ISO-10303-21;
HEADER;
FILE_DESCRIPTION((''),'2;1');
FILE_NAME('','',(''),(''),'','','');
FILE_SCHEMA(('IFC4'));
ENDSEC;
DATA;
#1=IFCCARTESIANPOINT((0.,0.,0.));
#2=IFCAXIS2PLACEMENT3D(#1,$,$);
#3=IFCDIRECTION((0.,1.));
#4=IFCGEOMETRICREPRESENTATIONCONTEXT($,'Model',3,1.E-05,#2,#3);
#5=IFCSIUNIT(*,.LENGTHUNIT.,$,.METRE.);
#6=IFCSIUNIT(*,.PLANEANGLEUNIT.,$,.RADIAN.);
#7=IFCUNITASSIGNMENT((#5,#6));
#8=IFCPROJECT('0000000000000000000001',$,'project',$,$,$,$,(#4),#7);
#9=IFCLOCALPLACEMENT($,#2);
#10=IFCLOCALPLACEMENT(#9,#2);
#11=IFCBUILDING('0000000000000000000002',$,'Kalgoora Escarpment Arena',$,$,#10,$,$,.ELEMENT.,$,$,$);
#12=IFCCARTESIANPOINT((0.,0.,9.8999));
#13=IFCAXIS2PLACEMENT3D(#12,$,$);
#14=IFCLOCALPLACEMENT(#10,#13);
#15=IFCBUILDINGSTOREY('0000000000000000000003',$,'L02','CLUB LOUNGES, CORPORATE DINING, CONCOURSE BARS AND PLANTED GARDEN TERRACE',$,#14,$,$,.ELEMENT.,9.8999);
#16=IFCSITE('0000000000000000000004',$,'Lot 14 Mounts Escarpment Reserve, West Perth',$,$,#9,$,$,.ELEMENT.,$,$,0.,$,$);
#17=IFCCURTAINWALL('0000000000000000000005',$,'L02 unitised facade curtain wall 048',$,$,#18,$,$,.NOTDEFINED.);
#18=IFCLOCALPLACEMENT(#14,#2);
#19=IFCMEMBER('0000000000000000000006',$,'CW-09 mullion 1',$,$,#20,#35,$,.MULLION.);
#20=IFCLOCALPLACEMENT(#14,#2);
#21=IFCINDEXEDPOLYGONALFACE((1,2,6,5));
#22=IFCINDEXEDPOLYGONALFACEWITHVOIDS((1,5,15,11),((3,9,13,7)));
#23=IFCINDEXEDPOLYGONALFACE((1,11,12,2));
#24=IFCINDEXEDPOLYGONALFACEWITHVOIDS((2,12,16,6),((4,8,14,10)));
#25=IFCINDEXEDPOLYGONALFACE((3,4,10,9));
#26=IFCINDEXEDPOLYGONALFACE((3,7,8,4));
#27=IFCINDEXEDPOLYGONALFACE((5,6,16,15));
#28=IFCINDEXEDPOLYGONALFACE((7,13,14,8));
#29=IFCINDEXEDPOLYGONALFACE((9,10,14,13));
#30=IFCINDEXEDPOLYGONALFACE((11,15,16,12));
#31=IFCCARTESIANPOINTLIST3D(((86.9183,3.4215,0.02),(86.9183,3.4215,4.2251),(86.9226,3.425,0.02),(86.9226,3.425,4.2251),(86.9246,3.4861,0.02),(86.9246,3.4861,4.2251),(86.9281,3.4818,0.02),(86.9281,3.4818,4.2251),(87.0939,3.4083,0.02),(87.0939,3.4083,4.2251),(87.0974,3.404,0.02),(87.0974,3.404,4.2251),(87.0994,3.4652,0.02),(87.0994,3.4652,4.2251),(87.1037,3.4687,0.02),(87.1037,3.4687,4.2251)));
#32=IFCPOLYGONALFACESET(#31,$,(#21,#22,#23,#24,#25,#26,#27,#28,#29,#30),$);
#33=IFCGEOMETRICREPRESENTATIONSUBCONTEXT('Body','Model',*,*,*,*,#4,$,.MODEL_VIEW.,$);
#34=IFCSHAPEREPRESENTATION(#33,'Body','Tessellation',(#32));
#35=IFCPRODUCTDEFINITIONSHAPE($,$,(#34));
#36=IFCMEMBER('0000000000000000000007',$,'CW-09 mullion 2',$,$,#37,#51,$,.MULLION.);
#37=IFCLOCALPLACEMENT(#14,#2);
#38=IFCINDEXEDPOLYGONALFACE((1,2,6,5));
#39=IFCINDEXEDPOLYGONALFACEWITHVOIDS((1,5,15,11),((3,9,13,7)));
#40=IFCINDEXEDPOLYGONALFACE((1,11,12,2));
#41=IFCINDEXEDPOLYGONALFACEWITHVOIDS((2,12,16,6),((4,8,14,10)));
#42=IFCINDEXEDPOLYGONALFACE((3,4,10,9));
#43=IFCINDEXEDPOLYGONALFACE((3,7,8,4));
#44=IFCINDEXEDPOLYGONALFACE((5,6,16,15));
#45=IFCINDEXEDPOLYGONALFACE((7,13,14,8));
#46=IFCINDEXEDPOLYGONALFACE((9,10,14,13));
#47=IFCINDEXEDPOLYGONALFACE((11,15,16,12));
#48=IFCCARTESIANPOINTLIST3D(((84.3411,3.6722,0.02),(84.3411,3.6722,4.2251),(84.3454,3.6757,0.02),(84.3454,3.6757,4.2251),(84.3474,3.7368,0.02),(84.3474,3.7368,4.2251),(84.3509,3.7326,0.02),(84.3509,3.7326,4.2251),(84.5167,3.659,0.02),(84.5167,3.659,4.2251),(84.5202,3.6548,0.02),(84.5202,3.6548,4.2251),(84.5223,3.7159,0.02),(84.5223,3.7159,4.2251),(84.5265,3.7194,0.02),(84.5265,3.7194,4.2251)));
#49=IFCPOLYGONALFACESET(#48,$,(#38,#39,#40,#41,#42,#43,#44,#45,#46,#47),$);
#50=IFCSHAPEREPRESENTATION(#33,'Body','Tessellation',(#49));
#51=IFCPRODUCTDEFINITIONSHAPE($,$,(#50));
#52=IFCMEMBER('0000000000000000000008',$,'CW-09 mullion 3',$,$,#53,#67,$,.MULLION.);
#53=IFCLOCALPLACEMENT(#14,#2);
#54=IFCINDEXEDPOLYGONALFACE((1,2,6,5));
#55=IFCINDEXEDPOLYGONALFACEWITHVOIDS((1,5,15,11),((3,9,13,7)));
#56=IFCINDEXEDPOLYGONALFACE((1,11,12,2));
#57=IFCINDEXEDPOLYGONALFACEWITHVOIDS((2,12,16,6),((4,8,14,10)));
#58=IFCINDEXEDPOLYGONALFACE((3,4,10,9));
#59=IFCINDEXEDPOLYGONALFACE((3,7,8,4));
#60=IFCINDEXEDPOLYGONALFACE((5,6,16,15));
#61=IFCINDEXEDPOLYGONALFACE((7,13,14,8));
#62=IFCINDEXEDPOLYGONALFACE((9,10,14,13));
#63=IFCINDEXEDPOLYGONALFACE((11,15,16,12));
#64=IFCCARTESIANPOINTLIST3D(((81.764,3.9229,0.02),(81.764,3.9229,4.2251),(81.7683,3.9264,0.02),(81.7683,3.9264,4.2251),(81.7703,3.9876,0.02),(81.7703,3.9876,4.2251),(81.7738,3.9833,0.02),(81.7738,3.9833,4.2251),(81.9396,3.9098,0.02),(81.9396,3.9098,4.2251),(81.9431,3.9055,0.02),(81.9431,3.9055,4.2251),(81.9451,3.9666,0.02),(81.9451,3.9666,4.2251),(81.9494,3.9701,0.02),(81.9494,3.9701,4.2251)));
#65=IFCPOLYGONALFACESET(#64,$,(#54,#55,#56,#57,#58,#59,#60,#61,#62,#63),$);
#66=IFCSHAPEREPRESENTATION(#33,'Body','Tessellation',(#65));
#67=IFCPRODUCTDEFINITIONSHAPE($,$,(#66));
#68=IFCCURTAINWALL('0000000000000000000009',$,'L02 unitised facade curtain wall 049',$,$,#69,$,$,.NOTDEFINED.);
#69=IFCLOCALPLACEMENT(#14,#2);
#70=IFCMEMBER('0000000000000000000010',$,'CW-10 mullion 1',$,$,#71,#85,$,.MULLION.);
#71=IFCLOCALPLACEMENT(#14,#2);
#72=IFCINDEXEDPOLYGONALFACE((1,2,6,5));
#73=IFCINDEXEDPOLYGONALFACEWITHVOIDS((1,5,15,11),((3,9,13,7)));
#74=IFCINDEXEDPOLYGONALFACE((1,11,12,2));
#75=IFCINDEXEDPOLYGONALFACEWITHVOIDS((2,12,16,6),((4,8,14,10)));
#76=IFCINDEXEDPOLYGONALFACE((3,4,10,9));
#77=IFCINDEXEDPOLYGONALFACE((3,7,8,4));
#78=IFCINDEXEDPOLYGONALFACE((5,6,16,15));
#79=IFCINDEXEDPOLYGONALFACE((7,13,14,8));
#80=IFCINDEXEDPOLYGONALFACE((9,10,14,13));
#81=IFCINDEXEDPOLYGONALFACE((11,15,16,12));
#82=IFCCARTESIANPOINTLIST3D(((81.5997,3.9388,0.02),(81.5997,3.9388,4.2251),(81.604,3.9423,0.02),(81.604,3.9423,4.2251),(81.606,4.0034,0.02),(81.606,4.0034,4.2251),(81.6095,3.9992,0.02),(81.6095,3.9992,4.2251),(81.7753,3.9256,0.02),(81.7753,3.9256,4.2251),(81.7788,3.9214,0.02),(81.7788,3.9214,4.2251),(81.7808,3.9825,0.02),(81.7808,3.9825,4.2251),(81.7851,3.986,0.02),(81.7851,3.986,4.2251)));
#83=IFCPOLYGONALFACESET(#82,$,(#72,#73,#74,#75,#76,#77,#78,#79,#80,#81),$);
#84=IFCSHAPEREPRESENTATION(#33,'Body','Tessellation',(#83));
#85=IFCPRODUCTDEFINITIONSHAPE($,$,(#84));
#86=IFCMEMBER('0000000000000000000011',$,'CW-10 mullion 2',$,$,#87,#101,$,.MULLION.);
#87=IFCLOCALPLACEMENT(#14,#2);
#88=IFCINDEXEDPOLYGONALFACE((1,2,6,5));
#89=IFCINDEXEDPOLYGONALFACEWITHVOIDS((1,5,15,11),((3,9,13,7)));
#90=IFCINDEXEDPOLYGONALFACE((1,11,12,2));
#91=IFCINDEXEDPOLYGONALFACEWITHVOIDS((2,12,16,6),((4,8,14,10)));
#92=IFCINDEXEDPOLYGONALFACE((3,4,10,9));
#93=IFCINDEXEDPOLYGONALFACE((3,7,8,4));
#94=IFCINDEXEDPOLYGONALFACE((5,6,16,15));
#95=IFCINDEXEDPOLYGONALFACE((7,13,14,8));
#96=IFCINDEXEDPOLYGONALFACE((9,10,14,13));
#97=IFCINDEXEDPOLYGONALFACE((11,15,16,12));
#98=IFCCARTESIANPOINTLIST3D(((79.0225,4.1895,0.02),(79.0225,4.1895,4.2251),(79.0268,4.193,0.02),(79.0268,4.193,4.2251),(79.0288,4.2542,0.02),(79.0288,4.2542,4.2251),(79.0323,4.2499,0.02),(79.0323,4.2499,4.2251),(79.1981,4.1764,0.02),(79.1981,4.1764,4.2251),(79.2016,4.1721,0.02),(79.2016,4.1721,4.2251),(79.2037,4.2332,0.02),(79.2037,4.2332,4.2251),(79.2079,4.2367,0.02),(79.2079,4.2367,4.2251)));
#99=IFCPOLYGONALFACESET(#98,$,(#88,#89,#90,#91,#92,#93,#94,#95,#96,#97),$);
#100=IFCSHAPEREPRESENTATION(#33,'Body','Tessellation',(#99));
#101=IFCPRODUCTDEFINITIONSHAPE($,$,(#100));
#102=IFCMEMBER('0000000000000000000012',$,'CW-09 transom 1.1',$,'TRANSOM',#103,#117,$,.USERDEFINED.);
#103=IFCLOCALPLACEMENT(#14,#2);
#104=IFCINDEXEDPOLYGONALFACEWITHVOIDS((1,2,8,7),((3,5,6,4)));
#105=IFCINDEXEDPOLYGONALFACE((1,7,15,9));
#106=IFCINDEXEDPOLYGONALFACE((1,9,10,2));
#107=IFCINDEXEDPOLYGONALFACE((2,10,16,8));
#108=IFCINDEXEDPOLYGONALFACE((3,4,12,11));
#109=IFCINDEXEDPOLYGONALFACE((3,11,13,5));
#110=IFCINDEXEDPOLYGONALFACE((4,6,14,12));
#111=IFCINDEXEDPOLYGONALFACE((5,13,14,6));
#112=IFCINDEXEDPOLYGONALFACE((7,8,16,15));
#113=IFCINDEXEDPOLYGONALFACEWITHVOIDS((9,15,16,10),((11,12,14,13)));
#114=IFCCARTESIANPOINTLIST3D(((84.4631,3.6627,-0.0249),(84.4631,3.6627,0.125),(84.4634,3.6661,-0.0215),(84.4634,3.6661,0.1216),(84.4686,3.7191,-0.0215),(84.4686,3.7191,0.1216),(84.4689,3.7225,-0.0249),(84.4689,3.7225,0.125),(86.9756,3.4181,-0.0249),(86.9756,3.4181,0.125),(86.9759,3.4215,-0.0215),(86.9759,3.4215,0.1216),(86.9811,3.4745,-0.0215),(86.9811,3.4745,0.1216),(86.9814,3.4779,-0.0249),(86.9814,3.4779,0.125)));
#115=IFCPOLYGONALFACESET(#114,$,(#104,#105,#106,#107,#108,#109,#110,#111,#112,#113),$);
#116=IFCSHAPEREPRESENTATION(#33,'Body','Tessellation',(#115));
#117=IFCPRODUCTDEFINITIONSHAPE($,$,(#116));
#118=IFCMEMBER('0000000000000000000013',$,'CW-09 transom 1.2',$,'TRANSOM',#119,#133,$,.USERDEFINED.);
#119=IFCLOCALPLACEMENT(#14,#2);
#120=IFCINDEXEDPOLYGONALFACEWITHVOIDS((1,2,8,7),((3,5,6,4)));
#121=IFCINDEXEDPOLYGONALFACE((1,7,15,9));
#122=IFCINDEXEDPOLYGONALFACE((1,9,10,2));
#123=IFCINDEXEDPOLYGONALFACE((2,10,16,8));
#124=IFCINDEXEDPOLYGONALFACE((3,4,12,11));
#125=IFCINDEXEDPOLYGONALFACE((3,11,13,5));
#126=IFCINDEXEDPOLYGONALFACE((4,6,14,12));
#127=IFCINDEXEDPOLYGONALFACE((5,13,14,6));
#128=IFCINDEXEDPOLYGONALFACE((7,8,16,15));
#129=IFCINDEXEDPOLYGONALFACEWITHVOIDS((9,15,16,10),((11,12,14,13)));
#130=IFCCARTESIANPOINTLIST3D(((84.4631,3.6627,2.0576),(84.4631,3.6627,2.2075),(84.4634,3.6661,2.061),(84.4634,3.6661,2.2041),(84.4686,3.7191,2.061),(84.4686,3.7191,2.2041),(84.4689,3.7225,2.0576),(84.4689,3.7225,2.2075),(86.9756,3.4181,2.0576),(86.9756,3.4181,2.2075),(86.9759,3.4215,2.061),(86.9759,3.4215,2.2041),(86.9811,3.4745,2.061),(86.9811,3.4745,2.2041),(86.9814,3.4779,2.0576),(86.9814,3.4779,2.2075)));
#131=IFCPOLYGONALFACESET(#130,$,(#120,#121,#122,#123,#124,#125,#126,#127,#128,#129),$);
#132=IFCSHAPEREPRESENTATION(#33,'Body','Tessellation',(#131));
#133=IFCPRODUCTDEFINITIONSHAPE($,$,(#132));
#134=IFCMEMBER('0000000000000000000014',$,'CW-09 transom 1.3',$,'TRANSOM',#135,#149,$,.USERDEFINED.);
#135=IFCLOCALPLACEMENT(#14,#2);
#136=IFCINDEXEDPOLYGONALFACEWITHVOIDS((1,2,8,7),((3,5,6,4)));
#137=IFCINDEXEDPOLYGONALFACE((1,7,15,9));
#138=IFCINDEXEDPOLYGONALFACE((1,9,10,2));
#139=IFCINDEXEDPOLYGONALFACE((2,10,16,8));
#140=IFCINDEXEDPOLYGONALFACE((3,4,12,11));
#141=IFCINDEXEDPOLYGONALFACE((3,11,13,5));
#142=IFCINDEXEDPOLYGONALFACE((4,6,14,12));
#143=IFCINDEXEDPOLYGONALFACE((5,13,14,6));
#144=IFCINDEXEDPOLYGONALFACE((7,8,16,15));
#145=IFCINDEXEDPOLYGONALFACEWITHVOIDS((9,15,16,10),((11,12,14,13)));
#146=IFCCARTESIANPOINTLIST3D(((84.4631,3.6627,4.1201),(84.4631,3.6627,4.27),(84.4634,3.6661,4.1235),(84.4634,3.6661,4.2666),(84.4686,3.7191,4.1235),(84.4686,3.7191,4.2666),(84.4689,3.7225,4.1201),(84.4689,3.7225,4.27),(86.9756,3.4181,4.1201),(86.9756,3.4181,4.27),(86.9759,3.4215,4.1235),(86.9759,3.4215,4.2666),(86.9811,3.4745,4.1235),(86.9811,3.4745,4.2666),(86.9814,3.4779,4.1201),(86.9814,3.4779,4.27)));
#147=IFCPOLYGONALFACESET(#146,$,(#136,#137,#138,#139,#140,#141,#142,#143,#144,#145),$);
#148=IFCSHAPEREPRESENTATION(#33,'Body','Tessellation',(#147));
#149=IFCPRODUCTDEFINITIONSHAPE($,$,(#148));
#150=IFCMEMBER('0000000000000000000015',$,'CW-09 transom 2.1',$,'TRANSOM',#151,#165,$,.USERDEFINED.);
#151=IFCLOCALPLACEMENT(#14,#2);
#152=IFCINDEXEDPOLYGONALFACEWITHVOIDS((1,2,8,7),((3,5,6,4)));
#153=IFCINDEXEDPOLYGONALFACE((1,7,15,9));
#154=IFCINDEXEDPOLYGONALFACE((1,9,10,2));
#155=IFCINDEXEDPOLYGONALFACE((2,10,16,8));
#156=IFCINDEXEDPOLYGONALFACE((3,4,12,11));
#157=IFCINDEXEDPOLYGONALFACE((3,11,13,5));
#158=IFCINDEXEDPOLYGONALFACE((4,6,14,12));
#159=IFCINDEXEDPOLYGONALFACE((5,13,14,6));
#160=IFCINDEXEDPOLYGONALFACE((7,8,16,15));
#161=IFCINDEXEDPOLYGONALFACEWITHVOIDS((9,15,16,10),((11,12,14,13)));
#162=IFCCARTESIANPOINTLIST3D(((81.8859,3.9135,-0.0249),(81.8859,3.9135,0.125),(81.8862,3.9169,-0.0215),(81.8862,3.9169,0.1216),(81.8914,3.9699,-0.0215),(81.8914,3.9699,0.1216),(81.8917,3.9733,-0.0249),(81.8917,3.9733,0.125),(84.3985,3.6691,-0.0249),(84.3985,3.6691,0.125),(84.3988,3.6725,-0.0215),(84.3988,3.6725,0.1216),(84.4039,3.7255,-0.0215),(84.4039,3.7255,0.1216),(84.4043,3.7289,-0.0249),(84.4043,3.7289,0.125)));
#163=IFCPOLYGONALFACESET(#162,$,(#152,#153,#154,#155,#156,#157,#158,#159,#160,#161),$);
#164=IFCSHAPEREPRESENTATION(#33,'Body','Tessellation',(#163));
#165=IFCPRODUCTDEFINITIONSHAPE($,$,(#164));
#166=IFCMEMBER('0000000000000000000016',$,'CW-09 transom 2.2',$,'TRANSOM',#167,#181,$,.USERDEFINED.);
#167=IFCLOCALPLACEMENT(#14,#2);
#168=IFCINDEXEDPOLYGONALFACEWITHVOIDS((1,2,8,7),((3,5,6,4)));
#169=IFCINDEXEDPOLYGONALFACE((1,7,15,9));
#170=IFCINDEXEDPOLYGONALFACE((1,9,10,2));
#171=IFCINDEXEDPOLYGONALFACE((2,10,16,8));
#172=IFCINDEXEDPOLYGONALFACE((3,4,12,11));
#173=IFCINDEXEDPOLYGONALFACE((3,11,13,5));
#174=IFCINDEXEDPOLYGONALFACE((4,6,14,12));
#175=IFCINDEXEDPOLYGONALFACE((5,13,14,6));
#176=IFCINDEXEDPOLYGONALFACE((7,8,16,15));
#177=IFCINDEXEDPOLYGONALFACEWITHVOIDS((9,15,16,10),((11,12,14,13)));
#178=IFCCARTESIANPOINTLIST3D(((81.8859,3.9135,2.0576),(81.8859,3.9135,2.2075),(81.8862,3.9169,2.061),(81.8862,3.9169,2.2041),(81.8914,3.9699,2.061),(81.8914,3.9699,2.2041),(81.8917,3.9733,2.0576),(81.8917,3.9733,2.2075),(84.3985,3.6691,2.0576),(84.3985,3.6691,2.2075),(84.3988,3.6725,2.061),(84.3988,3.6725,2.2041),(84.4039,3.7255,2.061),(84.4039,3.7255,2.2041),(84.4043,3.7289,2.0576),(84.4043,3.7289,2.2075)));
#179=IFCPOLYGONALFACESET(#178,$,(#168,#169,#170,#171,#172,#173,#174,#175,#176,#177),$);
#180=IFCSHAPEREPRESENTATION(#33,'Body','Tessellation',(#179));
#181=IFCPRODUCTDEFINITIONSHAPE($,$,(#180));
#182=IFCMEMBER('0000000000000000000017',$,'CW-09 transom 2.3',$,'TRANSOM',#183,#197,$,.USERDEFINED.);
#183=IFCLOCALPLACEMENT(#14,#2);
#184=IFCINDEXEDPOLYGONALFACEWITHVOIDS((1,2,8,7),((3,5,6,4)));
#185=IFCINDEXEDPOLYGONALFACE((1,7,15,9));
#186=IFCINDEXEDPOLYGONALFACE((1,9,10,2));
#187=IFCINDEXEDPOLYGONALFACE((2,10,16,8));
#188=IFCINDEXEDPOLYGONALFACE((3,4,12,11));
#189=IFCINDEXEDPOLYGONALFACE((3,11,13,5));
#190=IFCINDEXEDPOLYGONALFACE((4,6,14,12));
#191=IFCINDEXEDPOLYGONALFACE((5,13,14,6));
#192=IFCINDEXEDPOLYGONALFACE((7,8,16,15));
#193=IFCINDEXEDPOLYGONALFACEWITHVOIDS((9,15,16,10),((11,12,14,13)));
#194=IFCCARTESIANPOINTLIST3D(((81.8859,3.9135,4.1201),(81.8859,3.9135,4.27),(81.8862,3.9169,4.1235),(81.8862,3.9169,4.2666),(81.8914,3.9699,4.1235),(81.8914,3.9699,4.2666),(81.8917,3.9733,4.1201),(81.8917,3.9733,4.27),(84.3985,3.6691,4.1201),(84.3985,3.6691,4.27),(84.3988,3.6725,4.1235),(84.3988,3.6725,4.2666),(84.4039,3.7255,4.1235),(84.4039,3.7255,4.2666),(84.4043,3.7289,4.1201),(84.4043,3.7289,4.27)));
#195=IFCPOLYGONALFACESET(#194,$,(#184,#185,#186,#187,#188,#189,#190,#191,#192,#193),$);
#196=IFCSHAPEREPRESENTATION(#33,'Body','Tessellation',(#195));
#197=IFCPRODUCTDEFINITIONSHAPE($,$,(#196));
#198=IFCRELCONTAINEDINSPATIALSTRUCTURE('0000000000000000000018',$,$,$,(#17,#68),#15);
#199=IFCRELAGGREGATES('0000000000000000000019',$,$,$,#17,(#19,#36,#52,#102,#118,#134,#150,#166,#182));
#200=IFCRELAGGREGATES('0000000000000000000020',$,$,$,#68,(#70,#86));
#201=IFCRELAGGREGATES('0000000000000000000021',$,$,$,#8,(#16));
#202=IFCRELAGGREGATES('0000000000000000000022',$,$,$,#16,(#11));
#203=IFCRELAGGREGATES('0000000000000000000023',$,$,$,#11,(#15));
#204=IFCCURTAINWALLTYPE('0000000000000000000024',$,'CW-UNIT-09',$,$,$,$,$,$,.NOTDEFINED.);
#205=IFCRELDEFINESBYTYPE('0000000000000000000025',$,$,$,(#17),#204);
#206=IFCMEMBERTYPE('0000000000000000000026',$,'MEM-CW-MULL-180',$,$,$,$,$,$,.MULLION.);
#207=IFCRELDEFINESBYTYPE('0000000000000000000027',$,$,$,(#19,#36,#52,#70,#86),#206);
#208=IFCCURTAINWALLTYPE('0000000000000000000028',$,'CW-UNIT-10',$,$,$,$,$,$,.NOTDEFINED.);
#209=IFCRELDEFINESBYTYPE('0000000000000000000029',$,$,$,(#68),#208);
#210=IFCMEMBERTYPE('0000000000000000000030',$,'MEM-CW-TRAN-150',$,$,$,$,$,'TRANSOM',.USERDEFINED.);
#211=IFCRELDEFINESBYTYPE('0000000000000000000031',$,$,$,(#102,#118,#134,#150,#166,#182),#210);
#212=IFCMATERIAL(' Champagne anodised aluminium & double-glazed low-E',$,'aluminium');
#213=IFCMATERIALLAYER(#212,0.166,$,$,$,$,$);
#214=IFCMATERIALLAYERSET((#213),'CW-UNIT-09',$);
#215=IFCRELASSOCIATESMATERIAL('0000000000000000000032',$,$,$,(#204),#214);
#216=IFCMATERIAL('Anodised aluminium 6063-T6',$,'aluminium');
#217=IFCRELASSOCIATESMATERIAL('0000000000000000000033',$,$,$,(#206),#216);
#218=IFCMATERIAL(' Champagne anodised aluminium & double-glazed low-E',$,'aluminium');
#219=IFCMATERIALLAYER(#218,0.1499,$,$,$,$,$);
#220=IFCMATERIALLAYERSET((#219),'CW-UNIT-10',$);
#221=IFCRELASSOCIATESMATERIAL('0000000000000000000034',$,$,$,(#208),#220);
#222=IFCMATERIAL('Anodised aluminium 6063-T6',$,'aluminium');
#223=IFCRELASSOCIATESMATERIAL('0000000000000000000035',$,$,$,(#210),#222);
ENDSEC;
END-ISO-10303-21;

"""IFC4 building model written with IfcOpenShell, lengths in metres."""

from ifc_helpers import new_model, si_unit, direction, frame, origin, origin_2d, place, context, subcontext, project, spatial, hollow_rectangle, extrude, material, layer, layer_set, material_profile, profile_set, type_object, element, aggregate, save


model = new_model("IFC4")

# Units and contexts
model_context = context("Model", 3, precision=1e-05, world=origin(), true_north=direction((0.0, 1.0)))
body_context = subcontext(model_context, "Body", "Model", "MODEL_VIEW")
ifc_project = project(units=[si_unit("LENGTHUNIT", "METRE"), si_unit("PLANEANGLEUNIT", "RADIAN")], contexts=[model_context])

# Site, building, storey
site_placement = place(None, origin())
site = spatial("IfcSite", under=ifc_project, at=site_placement, Name="Lot 14 Mounts Escarpment Reserve, West Perth", CompositionType="ELEMENT", RefElevation=0.0)
building_placement = place(site_placement, origin())
building = spatial("IfcBuilding", under=site, at=building_placement, Name="Kalgoora Escarpment Arena", CompositionType="ELEMENT")
storey_placement = place(building_placement, frame((0.0, 0.0, 9.8999)))
storey = spatial("IfcBuildingStorey", under=building, at=storey_placement, Name="L02", Description="CLUB LOUNGES, CORPORATE DINING, CONCOURSE BARS AND PLANTED GARDEN TERRACE", CompositionType="ELEMENT", Elevation=9.8999)

# Curtain walls, members
ifc_material_1 = material(Name=" Champagne anodised aluminium & double-glazed low-E", Category="aluminium")
ifc_layer_1 = layer(ifc_material_1, 0.166)
ifc_layer_set_1 = layer_set([ifc_layer_1], Name="CW-UNIT-09")
curtain_wall_type_1 = type_object("IfcCurtainWallType", Name="CW-UNIT-09", PredefinedType="NOTDEFINED", material=ifc_layer_set_1)
curtain_wall_1_placement = place(storey_placement, origin())
curtain_wall_1 = element("IfcCurtainWall", 1, at=curtain_wall_1_placement, inside=storey, type_object=curtain_wall_type_1, Name="L02 unitised facade curtain wall 048", PredefinedType="NOTDEFINED")
ifc_material_2 = material(Name="Anodised aluminium 6063-T6", Category="aluminium")
ifc_material_profile_1 = material_profile(ifc_material_2, hollow_rectangle(XDim=0.0649, YDim=0.1799, WallThickness=0.0039, at=origin_2d()))
ifc_profile_set_1 = profile_set([ifc_material_profile_1], Name="Anodised aluminium 6063-T6")
member_type_1 = type_object("IfcMemberType", Name="MEM-CW-MULL-180", PredefinedType="MULLION", material=ifc_profile_set_1)
member_1_placement = place(storey_placement, frame((87.011, 3.4451, 0.02), z_axis=(0.0, 0.0, 1.0), x_axis=(-0.09686, -0.995298, 0.0)))
member_1 = element("IfcMember", 2, at=member_1_placement, type_object=member_type_1, Name="CW-09 mullion 1", PredefinedType="MULLION", context=body_context, shape_type="SweptSolid", body=[
    extrude(hollow_rectangle(XDim=0.0649, YDim=0.1799, WallThickness=0.0039, at=origin_2d()), origin(), (0.0, 0.0, 1.0), 4.2051),
])
member_2_placement = place(storey_placement, frame((84.4338, 3.6958, 0.02), z_axis=(0.0, 0.0, 1.0), x_axis=(-0.09686, -0.995298, 0.0)))
member_2 = element("IfcMember", 3, at=member_2_placement, type_object=member_type_1, Name="CW-09 mullion 2", PredefinedType="MULLION", context=body_context, shape_type="SweptSolid", body=[
    extrude(hollow_rectangle(XDim=0.0649, YDim=0.1799, WallThickness=0.0039, at=origin_2d()), origin(), (0.0, 0.0, 1.0), 4.2051),
])
member_3_placement = place(storey_placement, frame((81.8567, 3.9465, 0.02), z_axis=(0.0, 0.0, 1.0), x_axis=(-0.09686, -0.995298, 0.0)))
member_3 = element("IfcMember", 4, at=member_3_placement, type_object=member_type_1, Name="CW-09 mullion 3", PredefinedType="MULLION", context=body_context, shape_type="SweptSolid", body=[
    extrude(hollow_rectangle(XDim=0.0649, YDim=0.1799, WallThickness=0.0039, at=origin_2d()), origin(), (0.0, 0.0, 1.0), 4.2051),
])
ifc_material_3 = material(Name=" Champagne anodised aluminium & double-glazed low-E", Category="aluminium")
ifc_layer_2 = layer(ifc_material_3, 0.1499)
ifc_layer_set_2 = layer_set([ifc_layer_2], Name="CW-UNIT-10")
curtain_wall_type_2 = type_object("IfcCurtainWallType", Name="CW-UNIT-10", PredefinedType="NOTDEFINED", material=ifc_layer_set_2)
curtain_wall_2_placement = place(storey_placement, origin())
curtain_wall_2 = element("IfcCurtainWall", 5, at=curtain_wall_2_placement, inside=storey, type_object=curtain_wall_type_2, Name="L02 unitised facade curtain wall 049", PredefinedType="NOTDEFINED")
member_4_placement = place(storey_placement, frame((81.6924, 3.9624, 0.02), z_axis=(0.0, 0.0, 1.0), x_axis=(-0.09686, -0.995298, 0.0)))
member_4 = element("IfcMember", 6, at=member_4_placement, type_object=member_type_1, Name="CW-10 mullion 1", PredefinedType="MULLION", context=body_context, shape_type="SweptSolid", body=[
    extrude(hollow_rectangle(XDim=0.0649, YDim=0.1799, WallThickness=0.0039, at=origin_2d()), origin(), (0.0, 0.0, 1.0), 4.2051),
])
member_5_placement = place(storey_placement, frame((79.1152, 4.2131, 0.02), z_axis=(0.0, 0.0, 1.0), x_axis=(-0.09686, -0.995298, 0.0)))
member_5 = element("IfcMember", 7, at=member_5_placement, type_object=member_type_1, Name="CW-10 mullion 2", PredefinedType="MULLION", context=body_context, shape_type="SweptSolid", body=[
    extrude(hollow_rectangle(XDim=0.0649, YDim=0.1799, WallThickness=0.0039, at=origin_2d()), origin(), (0.0, 0.0, 1.0), 4.2051),
])

# Members
ifc_material_4 = material(Name="Anodised aluminium 6063-T6", Category="aluminium")
ifc_material_profile_2 = material_profile(ifc_material_4, hollow_rectangle(XDim=0.0601, YDim=0.1499, WallThickness=0.0034, at=origin_2d()))
ifc_profile_set_2 = profile_set([ifc_material_profile_2], Name="Anodised aluminium 6063-T6")
member_type_2 = type_object("IfcMemberType", Name="MEM-CW-TRAN-150", ElementType="TRANSOM", PredefinedType="USERDEFINED", material=ifc_profile_set_2)
member_6_placement = place(storey_placement, frame((86.9785, 3.448, 0.05), z_axis=(-0.995293, 0.096908, 0.0), x_axis=(-0.096908, -0.995293, 0.0)))
member_6 = element("IfcMember", 8, at=member_6_placement, type_object=member_type_2, Name="CW-09 transom 1.1", ObjectType="TRANSOM", PredefinedType="USERDEFINED", context=body_context, shape_type="SweptSolid", body=[
    extrude(hollow_rectangle(XDim=0.0601, YDim=0.1499, WallThickness=0.0034, at=origin_2d()), origin(), (0.0, 0.0, 1.0), 2.5244),
])
member_7_placement = place(storey_placement, frame((86.9785, 3.448, 2.1326), z_axis=(-0.995293, 0.096908, 0.0), x_axis=(-0.096908, -0.995293, 0.0)))
member_7 = element("IfcMember", 9, at=member_7_placement, type_object=member_type_2, Name="CW-09 transom 1.2", ObjectType="TRANSOM", PredefinedType="USERDEFINED", context=body_context, shape_type="SweptSolid", body=[
    extrude(hollow_rectangle(XDim=0.0601, YDim=0.1499, WallThickness=0.0034, at=origin_2d()), origin(), (0.0, 0.0, 1.0), 2.5244),
])
member_8_placement = place(storey_placement, frame((86.9785, 3.448, 4.1951), z_axis=(-0.995293, 0.096908, 0.0), x_axis=(-0.096908, -0.995293, 0.0)))
member_8 = element("IfcMember", 10, at=member_8_placement, type_object=member_type_2, Name="CW-09 transom 1.3", ObjectType="TRANSOM", PredefinedType="USERDEFINED", context=body_context, shape_type="SweptSolid", body=[
    extrude(hollow_rectangle(XDim=0.0601, YDim=0.1499, WallThickness=0.0034, at=origin_2d()), origin(), (0.0, 0.0, 1.0), 2.5244),
])
member_9_placement = place(storey_placement, frame((84.4014, 3.699, 0.05), z_axis=(-0.995303, 0.096813, 0.0), x_axis=(-0.096813, -0.995303, 0.0)))
member_9 = element("IfcMember", 11, at=member_9_placement, type_object=member_type_2, Name="CW-09 transom 2.1", ObjectType="TRANSOM", PredefinedType="USERDEFINED", context=body_context, shape_type="SweptSolid", body=[
    extrude(hollow_rectangle(XDim=0.0601, YDim=0.1499, WallThickness=0.0034, at=origin_2d()), origin(), (0.0, 0.0, 1.0), 2.5244),
])
member_10_placement = place(storey_placement, frame((84.4014, 3.699, 2.1326), z_axis=(-0.995303, 0.096813, 0.0), x_axis=(-0.096813, -0.995303, 0.0)))
member_10 = element("IfcMember", 12, at=member_10_placement, type_object=member_type_2, Name="CW-09 transom 2.2", ObjectType="TRANSOM", PredefinedType="USERDEFINED", context=body_context, shape_type="SweptSolid", body=[
    extrude(hollow_rectangle(XDim=0.0601, YDim=0.1499, WallThickness=0.0034, at=origin_2d()), origin(), (0.0, 0.0, 1.0), 2.5244),
])
member_11_placement = place(storey_placement, frame((84.4014, 3.699, 4.1951), z_axis=(-0.995303, 0.096813, 0.0), x_axis=(-0.096813, -0.995303, 0.0)))
member_11 = element("IfcMember", 13, at=member_11_placement, type_object=member_type_2, Name="CW-09 transom 2.3", ObjectType="TRANSOM", PredefinedType="USERDEFINED", context=body_context, shape_type="SweptSolid", body=[
    extrude(hollow_rectangle(XDim=0.0601, YDim=0.1499, WallThickness=0.0034, at=origin_2d()), origin(), (0.0, 0.0, 1.0), 2.5244),
])

aggregate(curtain_wall_1, [member_1, member_2, member_3, member_6, member_7, member_8, member_9, member_10, member_11])
aggregate(curtain_wall_2, [member_4, member_5])

save(model, "model.ifc")
